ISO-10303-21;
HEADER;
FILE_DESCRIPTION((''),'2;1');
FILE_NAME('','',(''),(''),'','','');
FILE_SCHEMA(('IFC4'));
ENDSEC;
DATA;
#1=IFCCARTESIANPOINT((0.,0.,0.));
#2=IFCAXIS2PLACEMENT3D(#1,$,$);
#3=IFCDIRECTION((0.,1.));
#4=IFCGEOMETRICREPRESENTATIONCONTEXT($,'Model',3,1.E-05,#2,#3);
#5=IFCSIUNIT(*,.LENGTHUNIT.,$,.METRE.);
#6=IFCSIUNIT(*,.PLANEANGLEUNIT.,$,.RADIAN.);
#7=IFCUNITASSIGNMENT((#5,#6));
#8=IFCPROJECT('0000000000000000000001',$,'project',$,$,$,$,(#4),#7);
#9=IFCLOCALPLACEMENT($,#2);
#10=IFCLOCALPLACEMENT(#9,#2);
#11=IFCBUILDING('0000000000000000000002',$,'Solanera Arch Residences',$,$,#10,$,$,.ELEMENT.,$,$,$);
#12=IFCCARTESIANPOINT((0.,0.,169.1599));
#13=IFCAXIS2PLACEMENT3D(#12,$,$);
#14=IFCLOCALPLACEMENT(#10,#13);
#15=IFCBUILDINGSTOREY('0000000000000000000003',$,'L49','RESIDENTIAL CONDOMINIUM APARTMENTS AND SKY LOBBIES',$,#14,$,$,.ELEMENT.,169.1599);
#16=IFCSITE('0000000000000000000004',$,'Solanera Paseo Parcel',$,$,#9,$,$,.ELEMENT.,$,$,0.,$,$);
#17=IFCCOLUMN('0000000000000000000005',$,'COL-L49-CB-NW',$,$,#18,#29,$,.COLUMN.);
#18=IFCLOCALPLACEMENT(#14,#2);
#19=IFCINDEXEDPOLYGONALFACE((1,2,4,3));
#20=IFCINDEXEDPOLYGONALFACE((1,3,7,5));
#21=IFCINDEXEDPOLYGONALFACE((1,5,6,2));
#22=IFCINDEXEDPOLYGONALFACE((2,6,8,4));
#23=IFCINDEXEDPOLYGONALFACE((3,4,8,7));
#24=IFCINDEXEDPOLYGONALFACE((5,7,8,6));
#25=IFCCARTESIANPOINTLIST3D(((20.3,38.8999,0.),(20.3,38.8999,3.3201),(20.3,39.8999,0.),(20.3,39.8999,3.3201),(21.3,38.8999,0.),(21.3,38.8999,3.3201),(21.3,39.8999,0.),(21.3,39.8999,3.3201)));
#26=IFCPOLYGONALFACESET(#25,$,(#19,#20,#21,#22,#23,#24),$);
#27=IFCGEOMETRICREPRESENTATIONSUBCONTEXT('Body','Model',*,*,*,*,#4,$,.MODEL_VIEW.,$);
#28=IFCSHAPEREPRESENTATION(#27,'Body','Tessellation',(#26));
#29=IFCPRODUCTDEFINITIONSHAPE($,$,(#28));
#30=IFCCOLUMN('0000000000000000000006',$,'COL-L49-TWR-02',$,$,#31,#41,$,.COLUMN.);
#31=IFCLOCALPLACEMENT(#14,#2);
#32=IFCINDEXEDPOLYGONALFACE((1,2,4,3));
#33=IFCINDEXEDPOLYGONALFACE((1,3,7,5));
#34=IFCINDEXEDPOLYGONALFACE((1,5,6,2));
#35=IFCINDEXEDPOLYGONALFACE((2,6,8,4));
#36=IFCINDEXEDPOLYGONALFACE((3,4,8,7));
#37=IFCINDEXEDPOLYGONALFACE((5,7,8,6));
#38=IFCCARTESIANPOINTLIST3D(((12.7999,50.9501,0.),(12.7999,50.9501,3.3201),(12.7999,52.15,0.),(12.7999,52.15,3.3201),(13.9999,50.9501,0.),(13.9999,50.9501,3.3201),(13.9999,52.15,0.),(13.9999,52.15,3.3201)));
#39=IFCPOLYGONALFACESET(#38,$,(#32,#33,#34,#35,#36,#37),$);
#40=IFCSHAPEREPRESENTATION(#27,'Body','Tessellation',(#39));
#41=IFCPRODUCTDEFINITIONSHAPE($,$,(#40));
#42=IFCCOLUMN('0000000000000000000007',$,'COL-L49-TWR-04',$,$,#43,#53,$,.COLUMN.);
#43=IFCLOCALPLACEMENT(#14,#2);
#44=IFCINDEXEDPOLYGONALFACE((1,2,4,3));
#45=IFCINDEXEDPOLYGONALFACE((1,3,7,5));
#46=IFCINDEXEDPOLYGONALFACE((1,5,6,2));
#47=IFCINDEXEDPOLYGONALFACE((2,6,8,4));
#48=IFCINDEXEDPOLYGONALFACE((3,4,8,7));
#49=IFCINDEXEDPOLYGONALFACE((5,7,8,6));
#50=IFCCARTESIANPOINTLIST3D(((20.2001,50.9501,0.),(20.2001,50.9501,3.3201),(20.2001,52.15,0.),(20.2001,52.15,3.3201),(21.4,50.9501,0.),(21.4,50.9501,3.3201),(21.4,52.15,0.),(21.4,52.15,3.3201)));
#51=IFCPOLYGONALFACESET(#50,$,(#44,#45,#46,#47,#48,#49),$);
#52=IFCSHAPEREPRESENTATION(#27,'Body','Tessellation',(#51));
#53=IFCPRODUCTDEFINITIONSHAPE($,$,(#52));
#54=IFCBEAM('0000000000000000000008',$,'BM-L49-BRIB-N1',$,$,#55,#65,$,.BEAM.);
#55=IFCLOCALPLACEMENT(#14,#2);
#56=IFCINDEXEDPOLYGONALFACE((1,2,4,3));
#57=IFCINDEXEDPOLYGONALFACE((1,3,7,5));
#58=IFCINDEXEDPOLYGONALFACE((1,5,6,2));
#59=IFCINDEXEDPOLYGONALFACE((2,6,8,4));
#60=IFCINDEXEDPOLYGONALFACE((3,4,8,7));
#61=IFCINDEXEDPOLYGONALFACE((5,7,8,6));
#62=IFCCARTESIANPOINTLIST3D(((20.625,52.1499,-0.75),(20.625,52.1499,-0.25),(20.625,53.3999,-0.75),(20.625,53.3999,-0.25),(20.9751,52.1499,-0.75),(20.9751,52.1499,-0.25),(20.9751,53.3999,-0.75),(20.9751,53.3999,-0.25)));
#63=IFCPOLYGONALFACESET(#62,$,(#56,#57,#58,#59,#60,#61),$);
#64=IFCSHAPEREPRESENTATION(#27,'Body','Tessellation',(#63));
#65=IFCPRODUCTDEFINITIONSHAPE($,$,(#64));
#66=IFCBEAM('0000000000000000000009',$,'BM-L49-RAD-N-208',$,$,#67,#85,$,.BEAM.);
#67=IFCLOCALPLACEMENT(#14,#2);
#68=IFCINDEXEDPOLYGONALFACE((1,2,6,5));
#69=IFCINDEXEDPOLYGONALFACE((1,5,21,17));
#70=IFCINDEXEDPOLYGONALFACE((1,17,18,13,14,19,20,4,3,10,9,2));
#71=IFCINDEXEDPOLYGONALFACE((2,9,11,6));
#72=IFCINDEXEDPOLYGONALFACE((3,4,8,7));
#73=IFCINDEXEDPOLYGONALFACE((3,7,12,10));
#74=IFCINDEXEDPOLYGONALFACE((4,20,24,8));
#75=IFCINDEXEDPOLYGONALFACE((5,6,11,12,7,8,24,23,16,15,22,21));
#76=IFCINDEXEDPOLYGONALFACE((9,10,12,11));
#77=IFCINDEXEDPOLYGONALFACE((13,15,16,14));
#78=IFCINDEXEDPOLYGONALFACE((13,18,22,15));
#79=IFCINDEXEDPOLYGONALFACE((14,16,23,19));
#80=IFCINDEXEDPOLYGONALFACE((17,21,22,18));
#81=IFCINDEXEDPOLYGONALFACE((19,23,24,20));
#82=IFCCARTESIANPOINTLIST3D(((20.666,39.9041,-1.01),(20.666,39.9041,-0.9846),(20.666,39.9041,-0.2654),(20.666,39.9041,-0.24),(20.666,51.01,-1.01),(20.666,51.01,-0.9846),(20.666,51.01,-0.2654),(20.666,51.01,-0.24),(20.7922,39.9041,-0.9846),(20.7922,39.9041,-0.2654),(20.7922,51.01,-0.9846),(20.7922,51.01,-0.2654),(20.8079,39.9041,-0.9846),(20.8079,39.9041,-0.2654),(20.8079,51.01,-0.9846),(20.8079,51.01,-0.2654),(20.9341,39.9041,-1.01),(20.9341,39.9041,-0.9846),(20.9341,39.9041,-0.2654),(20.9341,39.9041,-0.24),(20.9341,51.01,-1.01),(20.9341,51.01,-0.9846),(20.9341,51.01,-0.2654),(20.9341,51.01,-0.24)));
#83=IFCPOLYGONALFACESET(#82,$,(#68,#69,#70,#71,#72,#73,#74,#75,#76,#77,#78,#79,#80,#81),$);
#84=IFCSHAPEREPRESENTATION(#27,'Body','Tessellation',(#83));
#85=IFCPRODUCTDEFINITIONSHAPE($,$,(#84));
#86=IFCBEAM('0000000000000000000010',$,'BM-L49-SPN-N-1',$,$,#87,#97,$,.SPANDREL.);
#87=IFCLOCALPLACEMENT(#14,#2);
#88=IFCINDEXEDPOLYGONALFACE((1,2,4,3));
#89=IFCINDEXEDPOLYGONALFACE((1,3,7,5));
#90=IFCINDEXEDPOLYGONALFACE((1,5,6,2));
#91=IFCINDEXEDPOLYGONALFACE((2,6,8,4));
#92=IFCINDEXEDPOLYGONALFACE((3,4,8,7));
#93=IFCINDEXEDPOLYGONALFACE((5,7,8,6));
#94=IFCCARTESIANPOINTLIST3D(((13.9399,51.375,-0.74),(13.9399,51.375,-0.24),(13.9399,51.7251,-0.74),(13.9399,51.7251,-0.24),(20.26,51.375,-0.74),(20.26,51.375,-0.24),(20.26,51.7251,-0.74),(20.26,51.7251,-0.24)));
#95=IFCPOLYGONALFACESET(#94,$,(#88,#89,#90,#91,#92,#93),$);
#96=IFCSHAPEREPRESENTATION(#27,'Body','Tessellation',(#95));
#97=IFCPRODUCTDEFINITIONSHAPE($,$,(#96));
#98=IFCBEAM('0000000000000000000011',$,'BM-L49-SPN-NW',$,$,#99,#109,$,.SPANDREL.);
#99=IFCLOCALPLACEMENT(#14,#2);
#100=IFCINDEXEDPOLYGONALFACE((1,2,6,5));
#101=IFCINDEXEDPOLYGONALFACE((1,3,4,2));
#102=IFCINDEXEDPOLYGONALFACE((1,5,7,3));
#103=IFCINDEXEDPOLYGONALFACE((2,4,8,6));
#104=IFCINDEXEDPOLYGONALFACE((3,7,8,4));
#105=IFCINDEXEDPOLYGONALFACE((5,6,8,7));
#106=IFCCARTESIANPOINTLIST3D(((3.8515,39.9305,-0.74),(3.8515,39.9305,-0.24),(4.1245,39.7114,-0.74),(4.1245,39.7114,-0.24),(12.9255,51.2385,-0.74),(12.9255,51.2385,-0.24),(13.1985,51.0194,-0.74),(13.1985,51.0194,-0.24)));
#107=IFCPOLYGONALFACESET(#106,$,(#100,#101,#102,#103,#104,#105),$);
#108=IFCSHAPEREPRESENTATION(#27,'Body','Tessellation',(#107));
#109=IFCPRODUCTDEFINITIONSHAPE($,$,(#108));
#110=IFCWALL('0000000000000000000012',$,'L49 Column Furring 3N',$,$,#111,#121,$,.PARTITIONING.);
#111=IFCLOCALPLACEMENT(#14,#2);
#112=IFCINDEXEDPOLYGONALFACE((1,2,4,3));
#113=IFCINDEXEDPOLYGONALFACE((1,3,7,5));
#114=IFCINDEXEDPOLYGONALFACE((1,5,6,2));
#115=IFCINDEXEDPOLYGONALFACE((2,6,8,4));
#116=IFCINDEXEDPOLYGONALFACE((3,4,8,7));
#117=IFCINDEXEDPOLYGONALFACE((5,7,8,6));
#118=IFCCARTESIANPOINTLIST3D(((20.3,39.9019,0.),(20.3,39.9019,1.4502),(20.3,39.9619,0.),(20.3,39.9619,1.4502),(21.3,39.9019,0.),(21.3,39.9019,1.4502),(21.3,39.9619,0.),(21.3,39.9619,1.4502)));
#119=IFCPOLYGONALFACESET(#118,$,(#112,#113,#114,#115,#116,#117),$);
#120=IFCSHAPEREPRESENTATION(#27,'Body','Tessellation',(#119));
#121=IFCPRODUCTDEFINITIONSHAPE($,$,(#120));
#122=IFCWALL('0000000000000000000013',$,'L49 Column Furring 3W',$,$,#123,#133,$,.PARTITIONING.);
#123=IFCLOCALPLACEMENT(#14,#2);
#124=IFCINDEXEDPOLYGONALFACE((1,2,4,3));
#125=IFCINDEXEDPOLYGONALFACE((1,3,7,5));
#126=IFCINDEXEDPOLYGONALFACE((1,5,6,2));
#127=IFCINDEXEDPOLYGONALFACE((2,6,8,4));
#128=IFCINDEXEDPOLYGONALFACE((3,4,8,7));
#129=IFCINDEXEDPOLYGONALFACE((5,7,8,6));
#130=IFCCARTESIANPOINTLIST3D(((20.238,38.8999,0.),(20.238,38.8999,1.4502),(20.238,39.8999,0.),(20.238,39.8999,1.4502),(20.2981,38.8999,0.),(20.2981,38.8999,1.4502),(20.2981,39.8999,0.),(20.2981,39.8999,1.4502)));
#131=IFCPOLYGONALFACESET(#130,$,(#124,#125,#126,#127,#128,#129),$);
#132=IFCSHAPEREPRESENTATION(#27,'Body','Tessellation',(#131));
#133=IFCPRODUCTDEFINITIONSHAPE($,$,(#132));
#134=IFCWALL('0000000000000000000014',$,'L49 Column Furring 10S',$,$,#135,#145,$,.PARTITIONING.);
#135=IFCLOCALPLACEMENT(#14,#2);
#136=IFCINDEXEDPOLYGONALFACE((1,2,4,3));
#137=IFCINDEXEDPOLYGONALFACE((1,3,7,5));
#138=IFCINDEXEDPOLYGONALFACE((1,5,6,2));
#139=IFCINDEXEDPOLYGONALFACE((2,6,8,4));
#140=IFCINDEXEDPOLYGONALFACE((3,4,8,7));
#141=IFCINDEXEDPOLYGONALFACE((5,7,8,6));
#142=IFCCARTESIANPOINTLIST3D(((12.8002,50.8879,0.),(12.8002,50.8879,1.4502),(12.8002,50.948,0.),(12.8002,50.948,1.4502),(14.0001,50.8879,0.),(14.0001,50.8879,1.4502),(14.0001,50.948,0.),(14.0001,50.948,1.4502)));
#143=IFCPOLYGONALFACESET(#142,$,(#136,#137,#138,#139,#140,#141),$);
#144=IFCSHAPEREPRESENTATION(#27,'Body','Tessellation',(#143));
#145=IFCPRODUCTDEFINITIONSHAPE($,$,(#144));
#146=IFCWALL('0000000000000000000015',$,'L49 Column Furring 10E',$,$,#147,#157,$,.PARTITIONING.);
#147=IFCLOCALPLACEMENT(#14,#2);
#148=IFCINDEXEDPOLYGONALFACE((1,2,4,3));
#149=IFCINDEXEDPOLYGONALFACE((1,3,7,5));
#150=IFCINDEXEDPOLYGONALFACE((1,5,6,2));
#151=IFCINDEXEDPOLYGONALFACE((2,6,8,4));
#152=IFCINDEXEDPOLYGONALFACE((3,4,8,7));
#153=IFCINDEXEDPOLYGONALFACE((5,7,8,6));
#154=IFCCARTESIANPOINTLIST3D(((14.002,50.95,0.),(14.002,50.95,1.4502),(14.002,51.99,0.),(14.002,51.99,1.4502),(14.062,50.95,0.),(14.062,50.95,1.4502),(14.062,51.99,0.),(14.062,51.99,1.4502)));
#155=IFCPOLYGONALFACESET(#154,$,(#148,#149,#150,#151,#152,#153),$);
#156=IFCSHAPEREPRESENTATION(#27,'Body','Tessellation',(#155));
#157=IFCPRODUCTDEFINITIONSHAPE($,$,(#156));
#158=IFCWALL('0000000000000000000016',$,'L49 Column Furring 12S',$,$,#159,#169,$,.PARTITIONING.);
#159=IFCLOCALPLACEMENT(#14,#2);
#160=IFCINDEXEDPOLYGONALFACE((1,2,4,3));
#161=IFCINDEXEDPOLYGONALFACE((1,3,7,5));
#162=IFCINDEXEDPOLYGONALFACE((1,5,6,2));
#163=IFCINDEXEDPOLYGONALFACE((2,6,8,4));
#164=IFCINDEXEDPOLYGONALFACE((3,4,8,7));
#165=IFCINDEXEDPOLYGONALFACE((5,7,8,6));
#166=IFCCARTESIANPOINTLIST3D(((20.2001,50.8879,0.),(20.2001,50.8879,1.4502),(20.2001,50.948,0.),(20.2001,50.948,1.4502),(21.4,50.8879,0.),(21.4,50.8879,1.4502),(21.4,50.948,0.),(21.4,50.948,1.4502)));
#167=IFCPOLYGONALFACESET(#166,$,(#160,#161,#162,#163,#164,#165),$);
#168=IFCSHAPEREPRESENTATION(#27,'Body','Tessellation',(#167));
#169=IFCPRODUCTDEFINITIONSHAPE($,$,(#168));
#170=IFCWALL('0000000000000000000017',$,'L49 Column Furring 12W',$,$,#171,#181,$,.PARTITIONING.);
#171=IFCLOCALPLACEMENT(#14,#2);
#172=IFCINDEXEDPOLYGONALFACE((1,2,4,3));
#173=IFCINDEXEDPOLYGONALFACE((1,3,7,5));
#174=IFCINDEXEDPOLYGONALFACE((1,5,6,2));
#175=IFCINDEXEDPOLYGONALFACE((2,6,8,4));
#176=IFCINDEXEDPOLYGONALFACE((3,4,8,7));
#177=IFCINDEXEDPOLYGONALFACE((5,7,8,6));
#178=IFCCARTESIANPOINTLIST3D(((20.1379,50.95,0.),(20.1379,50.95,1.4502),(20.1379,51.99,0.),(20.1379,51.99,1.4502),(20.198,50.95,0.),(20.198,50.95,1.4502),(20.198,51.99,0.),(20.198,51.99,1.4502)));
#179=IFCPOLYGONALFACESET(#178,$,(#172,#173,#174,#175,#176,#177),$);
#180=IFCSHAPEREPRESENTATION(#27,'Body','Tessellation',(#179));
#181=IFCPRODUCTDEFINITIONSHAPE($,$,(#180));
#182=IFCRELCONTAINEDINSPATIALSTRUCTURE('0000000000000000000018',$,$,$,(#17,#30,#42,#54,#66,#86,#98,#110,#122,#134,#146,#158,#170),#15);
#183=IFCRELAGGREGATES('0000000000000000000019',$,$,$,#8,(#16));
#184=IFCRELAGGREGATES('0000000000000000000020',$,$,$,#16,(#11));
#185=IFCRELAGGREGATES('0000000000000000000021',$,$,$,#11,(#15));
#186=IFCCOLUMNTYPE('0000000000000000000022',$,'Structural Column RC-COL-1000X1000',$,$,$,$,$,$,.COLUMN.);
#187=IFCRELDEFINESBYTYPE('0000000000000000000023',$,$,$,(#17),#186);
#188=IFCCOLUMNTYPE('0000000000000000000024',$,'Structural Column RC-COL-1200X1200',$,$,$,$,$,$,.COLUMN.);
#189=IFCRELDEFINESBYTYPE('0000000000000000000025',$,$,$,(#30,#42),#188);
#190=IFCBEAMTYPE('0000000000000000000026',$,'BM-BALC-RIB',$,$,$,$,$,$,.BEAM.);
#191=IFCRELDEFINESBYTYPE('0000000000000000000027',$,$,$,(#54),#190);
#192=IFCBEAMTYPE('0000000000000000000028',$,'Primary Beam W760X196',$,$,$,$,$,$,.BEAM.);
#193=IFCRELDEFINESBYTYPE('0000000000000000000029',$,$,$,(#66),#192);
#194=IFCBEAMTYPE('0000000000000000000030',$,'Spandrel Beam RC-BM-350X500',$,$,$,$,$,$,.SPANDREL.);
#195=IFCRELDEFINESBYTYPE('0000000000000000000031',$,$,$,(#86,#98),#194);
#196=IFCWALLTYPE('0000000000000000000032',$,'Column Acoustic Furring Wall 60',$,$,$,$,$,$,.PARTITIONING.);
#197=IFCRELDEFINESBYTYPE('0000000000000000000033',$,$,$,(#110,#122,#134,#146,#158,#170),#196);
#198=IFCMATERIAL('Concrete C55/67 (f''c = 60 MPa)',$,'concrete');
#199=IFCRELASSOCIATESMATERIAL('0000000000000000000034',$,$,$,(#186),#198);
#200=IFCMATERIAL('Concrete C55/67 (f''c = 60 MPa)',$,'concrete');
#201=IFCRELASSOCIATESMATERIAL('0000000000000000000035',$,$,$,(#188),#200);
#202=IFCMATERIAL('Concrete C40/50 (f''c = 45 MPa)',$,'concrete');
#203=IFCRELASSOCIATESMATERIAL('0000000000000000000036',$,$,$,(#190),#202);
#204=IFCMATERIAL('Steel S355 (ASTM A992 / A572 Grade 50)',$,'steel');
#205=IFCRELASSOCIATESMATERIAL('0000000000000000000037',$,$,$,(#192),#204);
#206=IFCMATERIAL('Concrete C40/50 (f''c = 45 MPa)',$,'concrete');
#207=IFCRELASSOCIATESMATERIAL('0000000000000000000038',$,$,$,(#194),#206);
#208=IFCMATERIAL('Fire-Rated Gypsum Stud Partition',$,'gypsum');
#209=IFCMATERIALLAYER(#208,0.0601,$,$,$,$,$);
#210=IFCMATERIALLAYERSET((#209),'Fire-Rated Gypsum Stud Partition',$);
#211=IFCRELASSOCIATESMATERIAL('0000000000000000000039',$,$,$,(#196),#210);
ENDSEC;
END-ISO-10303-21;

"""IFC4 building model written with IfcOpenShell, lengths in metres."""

from ifc_helpers import new_model, si_unit, direction, frame, frame_2d, origin, origin_2d, place, context, subcontext, project, spatial, rectangle, i_section, extrude, material, layer, layer_set, material_profile, profile_set, type_object, element, save


model = new_model("IFC4")

# Units and contexts
model_context = context("Model", 3, precision=1e-05, world=origin(), true_north=direction((0.0, 1.0)))
body_context = subcontext(model_context, "Body", "Model", "MODEL_VIEW")
ifc_project = project(units=[si_unit("LENGTHUNIT", "METRE"), si_unit("PLANEANGLEUNIT", "RADIAN")], contexts=[model_context])

# Site, building, storey
site_placement = place(None, origin())
site = spatial("IfcSite", under=ifc_project, at=site_placement, Name="Solanera Paseo Parcel", CompositionType="ELEMENT", RefElevation=0.0)
building_placement = place(site_placement, origin())
building = spatial("IfcBuilding", under=site, at=building_placement, Name="Solanera Arch Residences", CompositionType="ELEMENT")
storey_placement = place(building_placement, frame((0.0, 0.0, 169.1599)))
storey = spatial("IfcBuildingStorey", under=building, at=storey_placement, Name="L49", Description="RESIDENTIAL CONDOMINIUM APARTMENTS AND SKY LOBBIES", CompositionType="ELEMENT", Elevation=169.1599)

# Columns
ifc_material_1 = material(Name="Concrete C55/67 (f'c = 60 MPa)", Category="concrete")
ifc_material_profile_1 = material_profile(ifc_material_1, rectangle(XDim=1.0, YDim=1.0, at=origin_2d()))
ifc_profile_set_1 = profile_set([ifc_material_profile_1], Name="Concrete C55/67 (f'c = 60 MPa)")
column_type_1 = type_object("IfcColumnType", Name="Structural Column RC-COL-1000X1000", PredefinedType="COLUMN", material=ifc_profile_set_1)
column_placement = place(storey_placement, frame((20.8, 39.3999, 0.0), z_axis=(0.0, 0.0, 1.0), x_axis=(1.0, 0.0, 0.0)))
element("IfcColumn", 1, at=column_placement, inside=storey, type_object=column_type_1, Name="COL-L49-CB-NW", PredefinedType="COLUMN", context=body_context, shape_type="SweptSolid", body=[
    extrude(rectangle(XDim=1.0, YDim=1.0, at=origin_2d()), origin(), (0.0, 0.0, 1.0), 3.3201),
])
ifc_material_2 = material(Name="Concrete C55/67 (f'c = 60 MPa)", Category="concrete")
ifc_material_profile_2 = material_profile(ifc_material_2, rectangle(XDim=1.2, YDim=1.2, at=origin_2d()))
ifc_profile_set_2 = profile_set([ifc_material_profile_2], Name="Concrete C55/67 (f'c = 60 MPa)")
column_type_2 = type_object("IfcColumnType", Name="Structural Column RC-COL-1200X1200", PredefinedType="COLUMN", material=ifc_profile_set_2)
for number, where, z_axis, x_axis, name in (
    (2, (13.3999, 51.55, 0.0), (0.0, 0.0, 1.0), (1.0, 0.0, 0.0), "COL-L49-TWR-02"),
    (3, (20.8, 51.55, 0.0), (0.0, 0.0, 1.0), (1.0, 0.0, 0.0), "COL-L49-TWR-04"),
):
    element("IfcColumn", number, at=place(storey_placement, frame(where, z_axis=z_axis, x_axis=x_axis)), inside=storey, type_object=column_type_2, Name=name, PredefinedType="COLUMN", context=body_context, shape_type="SweptSolid", body=[
        extrude(rectangle(XDim=1.2, YDim=1.2, at=origin_2d()), origin(), (0.0, 0.0, 1.0), 3.3201),
    ])

# Beams
ifc_material_3 = material(Name="Concrete C40/50 (f'c = 45 MPa)", Category="concrete")
ifc_material_profile_3 = material_profile(ifc_material_3, rectangle(XDim=0.3501, YDim=0.5, at=origin_2d()))
ifc_profile_set_3 = profile_set([ifc_material_profile_3], Name="Concrete C40/50 (f'c = 45 MPa)")
beam_type_1 = type_object("IfcBeamType", Name="BM-BALC-RIB", PredefinedType="BEAM", material=ifc_profile_set_3)
beam_1_placement = place(storey_placement, frame((20.8, 52.1499, -0.5), z_axis=(0.0, 1.0, 0.0), x_axis=(-1.0, 0.0, 0.0)))
element("IfcBeam", 4, at=beam_1_placement, inside=storey, type_object=beam_type_1, Name="BM-L49-BRIB-N1", PredefinedType="BEAM", context=body_context, shape_type="SweptSolid", body=[
    extrude(rectangle(XDim=0.3501, YDim=0.5, at=origin_2d()), origin(), (0.0, 0.0, 1.0), 1.25),
])
ifc_material_4 = material(Name="Steel S355 (ASTM A992 / A572 Grade 50)", Category="steel")
ifc_material_profile_4 = material_profile(ifc_material_4, i_section(OverallWidth=0.2681, OverallDepth=0.77, WebThickness=0.0156, FlangeThickness=0.0254, at=origin_2d()))
ifc_profile_set_4 = profile_set([ifc_material_profile_4], Name="Steel S355 (ASTM A992 / A572 Grade 50)")
beam_type_2 = type_object("IfcBeamType", Name="Primary Beam W760X196", PredefinedType="BEAM", material=ifc_profile_set_4)
beam_2_placement = place(storey_placement, frame((20.8, 39.9041, -0.625), z_axis=(0.0, 1.0, 0.0), x_axis=(-1.0, 0.0, 0.0)))
element("IfcBeam", 5, at=beam_2_placement, inside=storey, type_object=beam_type_2, Name="BM-L49-RAD-N-208", PredefinedType="BEAM", context=body_context, shape_type="SweptSolid", body=[
    extrude(i_section(OverallWidth=0.2681, OverallDepth=0.77, WebThickness=0.0156, FlangeThickness=0.0254, at=origin_2d()), origin(), (0.0, 0.0, 1.0), 11.106),
])
ifc_material_5 = material(Name="Concrete C40/50 (f'c = 45 MPa)", Category="concrete")
ifc_material_profile_5 = material_profile(ifc_material_5, rectangle(XDim=0.3501, YDim=0.5, at=origin_2d()))
ifc_profile_set_5 = profile_set([ifc_material_profile_5], Name="Concrete C40/50 (f'c = 45 MPa)")
beam_type_3 = type_object("IfcBeamType", Name="Spandrel Beam RC-BM-350X500", PredefinedType="SPANDREL", material=ifc_profile_set_5)
beam_3_placement = place(storey_placement, frame((13.9399, 51.55, -0.49), z_axis=(1.0, 0.0, 0.0), x_axis=(0.0, 1.0, 0.0)))
element("IfcBeam", 6, at=beam_3_placement, inside=storey, type_object=beam_type_3, Name="BM-L49-SPN-N-1", PredefinedType="SPANDREL", context=body_context, shape_type="SweptSolid", body=[
    extrude(rectangle(XDim=0.3501, YDim=0.5, at=origin_2d()), origin(), (0.0, 0.0, 1.0), 6.3201),
])
beam_4_placement = place(storey_placement, frame((13.062, 51.1289, -0.49), z_axis=(-0.625859, -0.779936, 0.0), x_axis=(0.779936, -0.625859, 0.0)))
element("IfcBeam", 7, at=beam_4_placement, inside=storey, type_object=beam_type_3, Name="BM-L49-SPN-NW", PredefinedType="SPANDREL", context=body_context, shape_type="SweptSolid", body=[
    extrude(rectangle(XDim=0.3501, YDim=0.5, at=origin_2d()), origin(), (0.0, 0.0, 1.0), 14.4985),
])

# Walls
ifc_material_6 = material(Name="Fire-Rated Gypsum Stud Partition", Category="gypsum")
ifc_layer_1 = layer(ifc_material_6, 0.0601)
ifc_layer_set_1 = layer_set([ifc_layer_1], Name="Fire-Rated Gypsum Stud Partition")
wall_type_1 = type_object("IfcWallType", Name="Column Acoustic Furring Wall 60", PredefinedType="PARTITIONING", material=ifc_layer_set_1)
for number, where, z_axis, x_axis, name in (
    (8, (20.3, 39.9319, 0.0), (0.0, 0.0, 1.0), (1.0, 0.0, 0.0), "L49 Column Furring 3N"),
    (9, (20.2681, 38.8999, 0.0), (0.0, 0.0, 1.0), (0.0, 1.0, 0.0), "L49 Column Furring 3W"),
):
    element("IfcWall", number, at=place(storey_placement, frame(where, z_axis=z_axis, x_axis=x_axis)), inside=storey, type_object=wall_type_1, Name=name, PredefinedType="PARTITIONING", context=body_context, shape_type="SweptSolid", body=[
        extrude(rectangle(XDim=1.0, YDim=0.0601, at=frame_2d((0.5, 0.0))), origin(), (0.0, 0.0, 1.0), 1.4502),
    ])
wall_1_placement = place(storey_placement, frame((12.8, 50.918, 0.0), z_axis=(0.0, 0.0, 1.0), x_axis=(1.0, 0.0, 0.0)))
element("IfcWall", 10, at=wall_1_placement, inside=storey, type_object=wall_type_1, Name="L49 Column Furring 10S", PredefinedType="PARTITIONING", context=body_context, shape_type="SweptSolid", body=[
    extrude(rectangle(XDim=1.2, YDim=0.0601, at=frame_2d((0.6001, 0.0))), origin(), (0.0, 0.0, 1.0), 1.4502),
])
wall_2_placement = place(storey_placement, frame((14.032, 50.95, 0.0), z_axis=(0.0, 0.0, 1.0), x_axis=(0.0, 1.0, 0.0)))
element("IfcWall", 11, at=wall_2_placement, inside=storey, type_object=wall_type_1, Name="L49 Column Furring 10E", PredefinedType="PARTITIONING", context=body_context, shape_type="SweptSolid", body=[
    extrude(rectangle(XDim=1.04, YDim=0.0601, at=frame_2d((0.52, 0.0))), origin(), (0.0, 0.0, 1.0), 1.4502),
])
wall_3_placement = place(storey_placement, frame((20.2, 50.918, 0.0), z_axis=(0.0, 0.0, 1.0), x_axis=(1.0, 0.0, 0.0)))
element("IfcWall", 12, at=wall_3_placement, inside=storey, type_object=wall_type_1, Name="L49 Column Furring 12S", PredefinedType="PARTITIONING", context=body_context, shape_type="SweptSolid", body=[
    extrude(rectangle(XDim=1.2, YDim=0.0601, at=frame_2d((0.6001, 0.0))), origin(), (0.0, 0.0, 1.0), 1.4502),
])
wall_4_placement = place(storey_placement, frame((20.168, 50.95, 0.0), z_axis=(0.0, 0.0, 1.0), x_axis=(0.0, 1.0, 0.0)))
element("IfcWall", 13, at=wall_4_placement, inside=storey, type_object=wall_type_1, Name="L49 Column Furring 12W", PredefinedType="PARTITIONING", context=body_context, shape_type="SweptSolid", body=[
    extrude(rectangle(XDim=1.04, YDim=0.0601, at=frame_2d((0.52, 0.0))), origin(), (0.0, 0.0, 1.0), 1.4502),
])

save(model, "model.ifc")
